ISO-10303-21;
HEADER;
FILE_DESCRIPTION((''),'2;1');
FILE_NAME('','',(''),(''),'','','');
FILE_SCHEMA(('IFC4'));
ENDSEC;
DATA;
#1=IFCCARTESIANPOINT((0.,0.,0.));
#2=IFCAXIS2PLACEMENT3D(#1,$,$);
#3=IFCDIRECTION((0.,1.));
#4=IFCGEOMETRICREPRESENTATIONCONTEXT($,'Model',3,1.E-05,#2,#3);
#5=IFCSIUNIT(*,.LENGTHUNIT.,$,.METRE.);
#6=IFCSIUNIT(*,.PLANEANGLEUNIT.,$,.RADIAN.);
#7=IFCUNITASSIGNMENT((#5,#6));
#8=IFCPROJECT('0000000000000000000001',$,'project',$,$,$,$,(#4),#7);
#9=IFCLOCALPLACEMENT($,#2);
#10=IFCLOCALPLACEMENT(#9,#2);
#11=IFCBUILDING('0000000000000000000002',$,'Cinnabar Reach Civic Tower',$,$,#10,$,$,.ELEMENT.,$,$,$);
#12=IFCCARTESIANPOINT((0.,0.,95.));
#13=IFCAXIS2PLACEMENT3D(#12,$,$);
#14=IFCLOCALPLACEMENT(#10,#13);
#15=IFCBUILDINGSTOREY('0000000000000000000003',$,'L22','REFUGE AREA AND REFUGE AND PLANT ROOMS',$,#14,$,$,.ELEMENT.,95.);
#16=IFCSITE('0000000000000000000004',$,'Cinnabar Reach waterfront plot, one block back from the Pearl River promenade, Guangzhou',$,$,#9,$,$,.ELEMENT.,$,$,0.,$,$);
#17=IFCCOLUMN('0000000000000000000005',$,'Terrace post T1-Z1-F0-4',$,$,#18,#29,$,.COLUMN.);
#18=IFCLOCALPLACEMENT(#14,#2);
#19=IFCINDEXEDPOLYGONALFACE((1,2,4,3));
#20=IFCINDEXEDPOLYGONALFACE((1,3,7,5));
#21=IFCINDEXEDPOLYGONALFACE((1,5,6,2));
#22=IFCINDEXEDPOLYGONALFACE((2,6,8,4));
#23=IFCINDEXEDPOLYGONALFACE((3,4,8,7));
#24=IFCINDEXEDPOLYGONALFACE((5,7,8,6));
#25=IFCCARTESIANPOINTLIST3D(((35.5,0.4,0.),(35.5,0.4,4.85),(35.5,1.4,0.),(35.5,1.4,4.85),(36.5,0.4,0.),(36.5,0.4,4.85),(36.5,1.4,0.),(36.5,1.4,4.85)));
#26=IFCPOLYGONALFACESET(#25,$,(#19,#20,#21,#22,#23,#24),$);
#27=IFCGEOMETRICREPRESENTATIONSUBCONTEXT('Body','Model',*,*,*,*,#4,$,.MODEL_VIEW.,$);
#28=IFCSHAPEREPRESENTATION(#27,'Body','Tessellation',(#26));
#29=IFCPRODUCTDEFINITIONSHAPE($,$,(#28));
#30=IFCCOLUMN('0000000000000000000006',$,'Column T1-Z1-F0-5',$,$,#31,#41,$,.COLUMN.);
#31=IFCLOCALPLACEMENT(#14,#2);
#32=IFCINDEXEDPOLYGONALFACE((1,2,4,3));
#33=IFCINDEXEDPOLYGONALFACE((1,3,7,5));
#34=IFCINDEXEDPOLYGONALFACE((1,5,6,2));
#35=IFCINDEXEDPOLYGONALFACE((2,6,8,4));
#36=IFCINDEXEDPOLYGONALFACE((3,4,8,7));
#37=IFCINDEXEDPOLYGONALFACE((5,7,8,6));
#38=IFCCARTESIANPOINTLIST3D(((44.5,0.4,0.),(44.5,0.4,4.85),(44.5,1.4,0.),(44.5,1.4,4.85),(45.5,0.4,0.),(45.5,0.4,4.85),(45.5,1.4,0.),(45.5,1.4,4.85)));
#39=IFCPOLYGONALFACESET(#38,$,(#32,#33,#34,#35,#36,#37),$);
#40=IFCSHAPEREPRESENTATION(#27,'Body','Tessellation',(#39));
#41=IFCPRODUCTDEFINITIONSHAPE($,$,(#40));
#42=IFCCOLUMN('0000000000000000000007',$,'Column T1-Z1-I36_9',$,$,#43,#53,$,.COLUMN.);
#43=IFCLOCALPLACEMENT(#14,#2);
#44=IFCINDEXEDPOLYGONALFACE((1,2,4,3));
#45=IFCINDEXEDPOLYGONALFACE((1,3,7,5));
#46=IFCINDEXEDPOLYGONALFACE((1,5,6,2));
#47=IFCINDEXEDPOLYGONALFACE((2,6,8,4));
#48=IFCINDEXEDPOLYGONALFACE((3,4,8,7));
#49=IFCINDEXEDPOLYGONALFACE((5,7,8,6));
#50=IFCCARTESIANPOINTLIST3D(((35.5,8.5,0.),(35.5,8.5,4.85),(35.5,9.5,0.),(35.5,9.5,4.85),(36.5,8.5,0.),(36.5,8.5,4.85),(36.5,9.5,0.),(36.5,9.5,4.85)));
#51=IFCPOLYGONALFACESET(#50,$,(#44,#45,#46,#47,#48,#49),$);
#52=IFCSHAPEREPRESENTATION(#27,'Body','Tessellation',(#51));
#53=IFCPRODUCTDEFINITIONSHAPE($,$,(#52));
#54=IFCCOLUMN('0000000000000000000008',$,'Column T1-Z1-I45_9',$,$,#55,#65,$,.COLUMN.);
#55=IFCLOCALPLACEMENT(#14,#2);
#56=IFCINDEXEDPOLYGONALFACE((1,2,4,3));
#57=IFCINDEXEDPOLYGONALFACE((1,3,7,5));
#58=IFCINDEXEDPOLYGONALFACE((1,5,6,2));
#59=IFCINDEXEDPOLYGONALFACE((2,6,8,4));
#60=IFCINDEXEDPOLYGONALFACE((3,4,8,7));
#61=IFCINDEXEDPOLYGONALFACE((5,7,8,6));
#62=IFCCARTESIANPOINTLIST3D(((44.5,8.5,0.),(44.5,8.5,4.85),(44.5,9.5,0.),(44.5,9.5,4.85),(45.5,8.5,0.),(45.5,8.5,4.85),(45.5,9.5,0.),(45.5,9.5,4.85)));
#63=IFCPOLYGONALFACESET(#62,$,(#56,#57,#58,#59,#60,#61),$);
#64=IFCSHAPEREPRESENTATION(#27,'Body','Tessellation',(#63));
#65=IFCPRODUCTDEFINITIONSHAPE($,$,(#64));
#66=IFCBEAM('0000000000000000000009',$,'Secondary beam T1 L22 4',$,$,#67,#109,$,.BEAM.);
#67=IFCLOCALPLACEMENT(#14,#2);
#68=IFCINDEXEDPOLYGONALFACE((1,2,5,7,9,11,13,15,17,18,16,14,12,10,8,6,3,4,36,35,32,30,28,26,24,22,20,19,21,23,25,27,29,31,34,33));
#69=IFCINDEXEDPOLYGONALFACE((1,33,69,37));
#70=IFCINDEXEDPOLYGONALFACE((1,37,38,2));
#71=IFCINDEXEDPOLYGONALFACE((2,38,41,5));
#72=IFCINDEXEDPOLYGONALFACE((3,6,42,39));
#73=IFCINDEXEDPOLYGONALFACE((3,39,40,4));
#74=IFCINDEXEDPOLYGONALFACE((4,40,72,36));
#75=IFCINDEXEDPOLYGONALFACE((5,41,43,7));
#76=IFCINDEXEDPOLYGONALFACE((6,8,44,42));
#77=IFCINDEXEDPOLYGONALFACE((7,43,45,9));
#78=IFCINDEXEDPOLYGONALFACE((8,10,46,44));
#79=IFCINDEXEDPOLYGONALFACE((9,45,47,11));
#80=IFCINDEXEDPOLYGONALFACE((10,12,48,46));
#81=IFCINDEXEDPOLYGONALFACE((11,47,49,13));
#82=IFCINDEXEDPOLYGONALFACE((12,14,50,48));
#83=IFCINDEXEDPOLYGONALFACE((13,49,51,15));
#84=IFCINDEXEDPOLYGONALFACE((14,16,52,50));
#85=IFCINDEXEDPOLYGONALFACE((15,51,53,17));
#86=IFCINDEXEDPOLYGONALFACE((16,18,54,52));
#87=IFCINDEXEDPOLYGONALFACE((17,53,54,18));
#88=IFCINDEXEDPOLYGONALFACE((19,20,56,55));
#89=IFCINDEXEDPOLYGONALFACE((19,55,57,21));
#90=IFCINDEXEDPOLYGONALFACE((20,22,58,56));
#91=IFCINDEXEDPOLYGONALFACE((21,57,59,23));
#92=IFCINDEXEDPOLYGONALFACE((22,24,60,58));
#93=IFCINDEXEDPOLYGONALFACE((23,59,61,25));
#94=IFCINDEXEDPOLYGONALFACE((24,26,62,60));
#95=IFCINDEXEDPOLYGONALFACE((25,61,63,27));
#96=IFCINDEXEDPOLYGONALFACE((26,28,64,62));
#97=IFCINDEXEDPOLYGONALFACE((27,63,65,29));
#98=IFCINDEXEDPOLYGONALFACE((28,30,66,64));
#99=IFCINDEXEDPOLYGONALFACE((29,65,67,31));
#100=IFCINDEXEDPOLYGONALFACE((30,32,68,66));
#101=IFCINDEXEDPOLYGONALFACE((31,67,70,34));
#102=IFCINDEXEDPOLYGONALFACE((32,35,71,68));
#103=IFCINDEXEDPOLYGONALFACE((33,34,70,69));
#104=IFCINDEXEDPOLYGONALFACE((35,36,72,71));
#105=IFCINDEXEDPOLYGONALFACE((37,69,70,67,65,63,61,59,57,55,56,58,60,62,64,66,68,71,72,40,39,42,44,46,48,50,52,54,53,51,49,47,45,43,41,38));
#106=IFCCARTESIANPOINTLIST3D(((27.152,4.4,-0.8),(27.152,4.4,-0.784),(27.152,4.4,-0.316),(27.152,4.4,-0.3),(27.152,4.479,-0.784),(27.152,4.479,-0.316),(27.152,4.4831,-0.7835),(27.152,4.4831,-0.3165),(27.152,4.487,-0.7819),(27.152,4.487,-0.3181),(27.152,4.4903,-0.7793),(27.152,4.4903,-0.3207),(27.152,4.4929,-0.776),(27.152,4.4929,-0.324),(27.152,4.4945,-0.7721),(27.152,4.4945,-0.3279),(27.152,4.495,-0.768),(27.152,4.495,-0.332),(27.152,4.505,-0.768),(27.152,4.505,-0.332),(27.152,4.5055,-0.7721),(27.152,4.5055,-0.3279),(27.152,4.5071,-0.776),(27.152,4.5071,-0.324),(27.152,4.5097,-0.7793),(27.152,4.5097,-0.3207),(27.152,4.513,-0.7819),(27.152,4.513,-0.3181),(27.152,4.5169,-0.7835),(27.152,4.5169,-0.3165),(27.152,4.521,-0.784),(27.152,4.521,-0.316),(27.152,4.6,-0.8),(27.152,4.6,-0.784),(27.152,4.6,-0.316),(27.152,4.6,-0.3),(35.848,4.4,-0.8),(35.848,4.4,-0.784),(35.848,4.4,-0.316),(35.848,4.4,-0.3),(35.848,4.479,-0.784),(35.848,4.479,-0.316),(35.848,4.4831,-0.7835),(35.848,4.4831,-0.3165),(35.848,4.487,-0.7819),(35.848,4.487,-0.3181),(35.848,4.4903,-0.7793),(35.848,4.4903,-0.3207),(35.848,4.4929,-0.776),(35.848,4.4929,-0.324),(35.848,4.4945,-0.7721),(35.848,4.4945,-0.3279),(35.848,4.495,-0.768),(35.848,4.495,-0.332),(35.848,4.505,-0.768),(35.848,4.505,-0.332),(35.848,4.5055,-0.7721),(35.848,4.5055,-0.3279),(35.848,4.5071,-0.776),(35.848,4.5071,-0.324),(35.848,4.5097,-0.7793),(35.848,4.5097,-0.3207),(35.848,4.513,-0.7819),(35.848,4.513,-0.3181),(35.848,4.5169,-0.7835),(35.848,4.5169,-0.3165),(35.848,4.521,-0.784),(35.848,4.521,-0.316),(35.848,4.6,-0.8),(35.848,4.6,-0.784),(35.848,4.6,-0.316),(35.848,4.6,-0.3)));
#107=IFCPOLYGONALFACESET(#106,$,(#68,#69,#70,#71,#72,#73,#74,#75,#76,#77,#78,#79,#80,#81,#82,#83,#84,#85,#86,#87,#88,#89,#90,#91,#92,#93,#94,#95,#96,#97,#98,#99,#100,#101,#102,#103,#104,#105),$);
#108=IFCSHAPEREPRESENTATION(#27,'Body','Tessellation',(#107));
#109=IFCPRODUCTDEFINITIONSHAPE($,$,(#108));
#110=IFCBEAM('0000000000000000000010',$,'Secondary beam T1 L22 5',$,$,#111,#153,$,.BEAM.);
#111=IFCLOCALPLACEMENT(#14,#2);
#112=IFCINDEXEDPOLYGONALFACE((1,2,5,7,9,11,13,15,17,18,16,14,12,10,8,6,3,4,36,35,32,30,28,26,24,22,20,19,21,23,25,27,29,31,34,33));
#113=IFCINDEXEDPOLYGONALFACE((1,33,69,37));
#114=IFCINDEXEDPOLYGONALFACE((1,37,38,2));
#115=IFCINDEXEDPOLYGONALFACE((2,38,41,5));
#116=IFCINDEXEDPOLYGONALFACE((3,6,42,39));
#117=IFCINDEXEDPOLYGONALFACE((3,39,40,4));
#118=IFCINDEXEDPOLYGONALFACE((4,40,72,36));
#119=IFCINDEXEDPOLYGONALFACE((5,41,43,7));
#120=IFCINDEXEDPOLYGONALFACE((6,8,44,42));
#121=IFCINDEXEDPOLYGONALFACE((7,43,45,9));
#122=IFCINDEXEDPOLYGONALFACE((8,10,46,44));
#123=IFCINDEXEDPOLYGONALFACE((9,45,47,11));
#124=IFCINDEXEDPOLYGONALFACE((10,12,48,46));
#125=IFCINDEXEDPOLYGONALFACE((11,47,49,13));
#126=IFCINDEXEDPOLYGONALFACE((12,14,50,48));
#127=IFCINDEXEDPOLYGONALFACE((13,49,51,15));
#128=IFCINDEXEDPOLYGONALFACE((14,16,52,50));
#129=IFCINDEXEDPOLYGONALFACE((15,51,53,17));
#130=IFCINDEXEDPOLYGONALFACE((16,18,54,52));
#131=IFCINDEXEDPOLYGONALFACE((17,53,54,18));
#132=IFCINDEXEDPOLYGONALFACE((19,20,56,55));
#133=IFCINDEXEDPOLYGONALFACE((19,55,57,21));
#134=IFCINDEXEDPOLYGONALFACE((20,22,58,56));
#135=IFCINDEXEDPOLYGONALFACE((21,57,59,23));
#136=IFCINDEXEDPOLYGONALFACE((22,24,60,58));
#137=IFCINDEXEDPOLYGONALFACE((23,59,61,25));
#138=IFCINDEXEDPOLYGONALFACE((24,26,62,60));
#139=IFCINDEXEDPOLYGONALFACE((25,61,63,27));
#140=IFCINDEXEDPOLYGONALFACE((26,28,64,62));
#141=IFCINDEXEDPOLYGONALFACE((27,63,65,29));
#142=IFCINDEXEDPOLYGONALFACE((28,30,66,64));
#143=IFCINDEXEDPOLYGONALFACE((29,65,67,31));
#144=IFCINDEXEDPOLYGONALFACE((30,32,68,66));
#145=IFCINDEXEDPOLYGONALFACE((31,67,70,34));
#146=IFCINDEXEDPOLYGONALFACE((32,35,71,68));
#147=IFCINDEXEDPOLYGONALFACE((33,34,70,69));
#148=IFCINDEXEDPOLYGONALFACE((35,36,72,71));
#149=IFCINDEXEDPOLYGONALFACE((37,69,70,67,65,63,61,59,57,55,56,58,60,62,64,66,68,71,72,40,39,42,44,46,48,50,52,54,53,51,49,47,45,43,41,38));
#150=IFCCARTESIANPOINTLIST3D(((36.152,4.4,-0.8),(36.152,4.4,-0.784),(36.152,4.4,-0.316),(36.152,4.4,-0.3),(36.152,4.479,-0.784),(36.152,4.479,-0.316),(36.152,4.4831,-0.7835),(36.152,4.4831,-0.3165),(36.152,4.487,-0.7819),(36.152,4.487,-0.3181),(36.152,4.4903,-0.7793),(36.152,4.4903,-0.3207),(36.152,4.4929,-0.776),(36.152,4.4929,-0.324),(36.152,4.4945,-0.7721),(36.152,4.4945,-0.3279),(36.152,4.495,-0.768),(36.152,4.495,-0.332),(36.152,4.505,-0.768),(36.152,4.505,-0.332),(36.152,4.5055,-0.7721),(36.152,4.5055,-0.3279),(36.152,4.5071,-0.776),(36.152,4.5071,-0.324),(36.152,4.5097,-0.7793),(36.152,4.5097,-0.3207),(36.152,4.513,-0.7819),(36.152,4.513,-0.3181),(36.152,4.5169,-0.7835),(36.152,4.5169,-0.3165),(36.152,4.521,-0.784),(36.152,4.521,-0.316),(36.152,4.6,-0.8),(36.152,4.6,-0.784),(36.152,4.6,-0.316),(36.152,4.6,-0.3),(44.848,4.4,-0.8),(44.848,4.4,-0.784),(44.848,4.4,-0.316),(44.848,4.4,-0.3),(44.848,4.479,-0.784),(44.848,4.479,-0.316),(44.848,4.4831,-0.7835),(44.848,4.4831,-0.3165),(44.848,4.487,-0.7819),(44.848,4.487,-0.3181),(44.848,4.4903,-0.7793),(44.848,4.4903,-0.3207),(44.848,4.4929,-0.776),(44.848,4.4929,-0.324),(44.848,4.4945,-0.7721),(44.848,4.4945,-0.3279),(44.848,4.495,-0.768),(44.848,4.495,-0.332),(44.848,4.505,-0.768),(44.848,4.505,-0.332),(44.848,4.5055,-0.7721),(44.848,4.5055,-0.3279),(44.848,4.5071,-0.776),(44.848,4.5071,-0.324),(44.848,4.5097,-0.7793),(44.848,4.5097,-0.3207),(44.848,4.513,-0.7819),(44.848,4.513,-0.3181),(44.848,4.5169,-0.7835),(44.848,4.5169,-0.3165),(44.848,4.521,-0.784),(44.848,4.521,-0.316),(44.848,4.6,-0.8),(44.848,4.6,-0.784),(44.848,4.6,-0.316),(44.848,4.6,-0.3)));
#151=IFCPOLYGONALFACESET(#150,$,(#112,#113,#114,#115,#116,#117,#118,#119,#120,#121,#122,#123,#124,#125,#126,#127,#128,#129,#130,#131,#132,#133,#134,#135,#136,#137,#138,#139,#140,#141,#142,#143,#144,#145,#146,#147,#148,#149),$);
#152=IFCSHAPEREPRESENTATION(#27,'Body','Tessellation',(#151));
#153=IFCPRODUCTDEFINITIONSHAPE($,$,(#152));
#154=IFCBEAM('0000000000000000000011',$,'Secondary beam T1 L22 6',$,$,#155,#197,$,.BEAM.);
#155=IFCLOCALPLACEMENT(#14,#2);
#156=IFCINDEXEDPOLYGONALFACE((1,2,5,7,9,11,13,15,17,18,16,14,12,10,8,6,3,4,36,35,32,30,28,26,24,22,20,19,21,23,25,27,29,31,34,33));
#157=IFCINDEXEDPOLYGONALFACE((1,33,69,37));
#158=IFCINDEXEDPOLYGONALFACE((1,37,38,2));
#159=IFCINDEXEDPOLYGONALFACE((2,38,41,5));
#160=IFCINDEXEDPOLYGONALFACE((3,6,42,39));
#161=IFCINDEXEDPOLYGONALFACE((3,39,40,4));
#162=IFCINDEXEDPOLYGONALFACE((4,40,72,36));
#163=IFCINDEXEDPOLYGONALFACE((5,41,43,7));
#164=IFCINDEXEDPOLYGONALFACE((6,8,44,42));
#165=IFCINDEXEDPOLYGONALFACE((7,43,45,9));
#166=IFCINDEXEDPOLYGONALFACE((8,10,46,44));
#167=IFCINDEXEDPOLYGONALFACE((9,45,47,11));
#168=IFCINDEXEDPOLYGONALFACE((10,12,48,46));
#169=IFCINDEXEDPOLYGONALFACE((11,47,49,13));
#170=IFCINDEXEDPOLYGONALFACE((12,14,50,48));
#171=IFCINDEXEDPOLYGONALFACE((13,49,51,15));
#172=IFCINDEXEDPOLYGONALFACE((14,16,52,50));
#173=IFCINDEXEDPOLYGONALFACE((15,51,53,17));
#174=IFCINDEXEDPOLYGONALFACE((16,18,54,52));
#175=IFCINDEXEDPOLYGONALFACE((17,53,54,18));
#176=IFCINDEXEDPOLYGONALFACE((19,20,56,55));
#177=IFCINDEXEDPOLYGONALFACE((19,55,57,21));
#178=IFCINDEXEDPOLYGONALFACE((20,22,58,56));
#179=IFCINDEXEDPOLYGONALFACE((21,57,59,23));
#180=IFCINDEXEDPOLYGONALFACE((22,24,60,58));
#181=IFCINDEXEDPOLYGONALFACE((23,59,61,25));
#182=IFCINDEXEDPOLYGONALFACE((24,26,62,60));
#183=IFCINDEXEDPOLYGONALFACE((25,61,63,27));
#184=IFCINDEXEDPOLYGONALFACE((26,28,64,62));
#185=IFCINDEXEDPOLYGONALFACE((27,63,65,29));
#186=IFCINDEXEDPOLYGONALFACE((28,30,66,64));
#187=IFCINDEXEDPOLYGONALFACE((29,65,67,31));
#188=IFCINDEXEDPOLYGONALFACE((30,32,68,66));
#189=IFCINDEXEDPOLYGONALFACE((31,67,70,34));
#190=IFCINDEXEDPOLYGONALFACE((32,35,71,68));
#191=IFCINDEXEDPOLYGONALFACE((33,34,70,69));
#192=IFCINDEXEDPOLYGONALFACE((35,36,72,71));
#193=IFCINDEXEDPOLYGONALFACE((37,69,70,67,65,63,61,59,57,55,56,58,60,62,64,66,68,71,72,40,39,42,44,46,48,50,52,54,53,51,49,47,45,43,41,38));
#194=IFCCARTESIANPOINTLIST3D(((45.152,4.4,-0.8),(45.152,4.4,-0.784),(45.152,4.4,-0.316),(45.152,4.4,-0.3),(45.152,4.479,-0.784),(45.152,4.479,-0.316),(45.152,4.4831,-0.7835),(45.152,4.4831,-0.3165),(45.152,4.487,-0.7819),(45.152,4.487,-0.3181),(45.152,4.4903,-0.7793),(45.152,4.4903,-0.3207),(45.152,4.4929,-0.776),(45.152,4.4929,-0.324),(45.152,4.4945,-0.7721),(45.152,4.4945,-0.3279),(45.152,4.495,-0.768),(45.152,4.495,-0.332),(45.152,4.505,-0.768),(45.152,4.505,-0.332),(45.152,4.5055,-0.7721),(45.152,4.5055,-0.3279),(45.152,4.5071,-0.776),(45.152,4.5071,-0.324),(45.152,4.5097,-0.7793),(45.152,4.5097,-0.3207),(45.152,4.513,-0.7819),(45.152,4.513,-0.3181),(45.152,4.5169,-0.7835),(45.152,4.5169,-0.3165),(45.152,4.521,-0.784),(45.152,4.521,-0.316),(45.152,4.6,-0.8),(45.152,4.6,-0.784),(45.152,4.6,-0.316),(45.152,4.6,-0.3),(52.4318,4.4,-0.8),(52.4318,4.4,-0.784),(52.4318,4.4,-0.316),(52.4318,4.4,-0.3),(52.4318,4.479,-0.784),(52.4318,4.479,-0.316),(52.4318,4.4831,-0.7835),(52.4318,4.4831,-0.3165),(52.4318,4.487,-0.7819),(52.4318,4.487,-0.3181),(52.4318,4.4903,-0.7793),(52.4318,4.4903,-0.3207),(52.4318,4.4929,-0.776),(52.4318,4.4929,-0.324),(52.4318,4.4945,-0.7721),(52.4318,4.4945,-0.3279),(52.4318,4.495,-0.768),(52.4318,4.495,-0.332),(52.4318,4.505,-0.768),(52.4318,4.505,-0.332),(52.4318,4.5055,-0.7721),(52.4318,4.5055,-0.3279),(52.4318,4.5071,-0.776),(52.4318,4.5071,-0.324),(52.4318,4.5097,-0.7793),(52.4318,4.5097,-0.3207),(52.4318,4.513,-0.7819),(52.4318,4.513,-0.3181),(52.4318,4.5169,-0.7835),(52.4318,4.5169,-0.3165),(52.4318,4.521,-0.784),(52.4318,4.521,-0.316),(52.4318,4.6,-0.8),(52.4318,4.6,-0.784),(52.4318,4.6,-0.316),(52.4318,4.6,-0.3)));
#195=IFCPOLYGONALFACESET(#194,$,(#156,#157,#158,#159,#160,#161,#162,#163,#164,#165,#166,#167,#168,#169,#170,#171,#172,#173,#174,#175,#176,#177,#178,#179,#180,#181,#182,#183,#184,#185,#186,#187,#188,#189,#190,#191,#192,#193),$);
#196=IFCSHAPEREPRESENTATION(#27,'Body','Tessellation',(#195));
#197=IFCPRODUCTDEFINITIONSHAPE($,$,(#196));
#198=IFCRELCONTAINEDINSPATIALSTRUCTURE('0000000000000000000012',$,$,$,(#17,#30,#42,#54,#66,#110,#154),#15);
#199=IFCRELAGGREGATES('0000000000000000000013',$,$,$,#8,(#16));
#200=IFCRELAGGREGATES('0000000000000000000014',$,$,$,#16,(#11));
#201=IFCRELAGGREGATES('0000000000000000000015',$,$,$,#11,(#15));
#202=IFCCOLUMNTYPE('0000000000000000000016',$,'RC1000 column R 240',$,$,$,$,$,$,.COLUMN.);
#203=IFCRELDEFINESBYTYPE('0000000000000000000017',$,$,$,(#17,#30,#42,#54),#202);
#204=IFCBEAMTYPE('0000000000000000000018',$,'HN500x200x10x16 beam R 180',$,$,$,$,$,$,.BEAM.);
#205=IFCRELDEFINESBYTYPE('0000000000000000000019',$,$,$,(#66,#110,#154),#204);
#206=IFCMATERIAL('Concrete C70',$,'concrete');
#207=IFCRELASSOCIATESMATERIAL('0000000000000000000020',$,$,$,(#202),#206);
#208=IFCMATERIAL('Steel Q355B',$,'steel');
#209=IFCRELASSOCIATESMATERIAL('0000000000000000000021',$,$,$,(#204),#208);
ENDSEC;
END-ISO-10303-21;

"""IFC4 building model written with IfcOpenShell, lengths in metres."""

from ifc_helpers import new_model, si_unit, direction, frame, origin, origin_2d, place, context, subcontext, project, spatial, rectangle, i_section, extrude, material, material_profile, profile_set, type_object, element, save


model = new_model("IFC4")

# Units and contexts
model_context = context("Model", 3, precision=1e-05, world=origin(), true_north=direction((0.0, 1.0)))
body_context = subcontext(model_context, "Body", "Model", "MODEL_VIEW")
ifc_project = project(units=[si_unit("LENGTHUNIT", "METRE"), si_unit("PLANEANGLEUNIT", "RADIAN")], contexts=[model_context])

# Site, building, storey
site_placement = place(None, origin())
site = spatial("IfcSite", under=ifc_project, at=site_placement, Name="Cinnabar Reach waterfront plot, one block back from the Pearl River promenade, Guangzhou", CompositionType="ELEMENT", RefElevation=0.0)
building_placement = place(site_placement, origin())
building = spatial("IfcBuilding", under=site, at=building_placement, Name="Cinnabar Reach Civic Tower", CompositionType="ELEMENT")
storey_placement = place(building_placement, frame((0.0, 0.0, 95.0)))
storey = spatial("IfcBuildingStorey", under=building, at=storey_placement, Name="L22", Description="REFUGE AREA AND REFUGE AND PLANT ROOMS", CompositionType="ELEMENT", Elevation=95.0)

# Columns
ifc_material_1 = material(Name="Concrete C70", Category="concrete")
ifc_material_profile_1 = material_profile(ifc_material_1, rectangle(XDim=1.0, YDim=1.0, at=origin_2d()), Name="RC1000")
ifc_profile_set_1 = profile_set([ifc_material_profile_1], Name="Concrete C70")
column_type = type_object("IfcColumnType", Name="RC1000 column R 240", PredefinedType="COLUMN", material=ifc_profile_set_1)
for number, where, z_axis, x_axis, name in (
    (1, (36.0, 0.9, 0.0), (0.0, 0.0, 1.0), (1.0, 0.0, 0.0), "Terrace post T1-Z1-F0-4"),
    (2, (45.0, 0.9, 0.0), (0.0, 0.0, 1.0), (1.0, 0.0, 0.0), "Column T1-Z1-F0-5"),
    (3, (36.0, 9.0, 0.0), (0.0, 0.0, 1.0), (1.0, 0.0, 0.0), "Column T1-Z1-I36_9"),
    (4, (45.0, 9.0, 0.0), (0.0, 0.0, 1.0), (1.0, 0.0, 0.0), "Column T1-Z1-I45_9"),
):
    element("IfcColumn", number, at=place(storey_placement, frame(where, z_axis=z_axis, x_axis=x_axis)), inside=storey, type_object=column_type, Name=name, PredefinedType="COLUMN", context=body_context, shape_type="SweptSolid", body=[
        extrude(rectangle(XDim=1.0, YDim=1.0, at=origin_2d()), origin(), (0.0, 0.0, 1.0), 4.85),
    ])

# Beams
ifc_material_2 = material(Name="Steel Q355B", Category="steel")
ifc_material_profile_2 = material_profile(ifc_material_2, i_section(OverallWidth=0.2, OverallDepth=0.5, WebThickness=0.01, FlangeThickness=0.016, FilletRadius=0.016, at=origin_2d()), Name="HN500x200x10x16")
ifc_profile_set_2 = profile_set([ifc_material_profile_2], Name="Steel Q355B")
beam_type_1 = type_object("IfcBeamType", Name="HN500x200x10x16 beam R 180", PredefinedType="BEAM", material=ifc_profile_set_2)
for number, where, z_axis, x_axis, name in (
    (5, (27.152, 4.5, -0.55), (1.0, 0.0, 0.0), (0.0, 1.0, 0.0), "Secondary beam T1 L22 4"),
    (6, (36.152, 4.5, -0.55), (1.0, 0.0, 0.0), (0.0, 1.0, 0.0), "Secondary beam T1 L22 5"),
):
    element("IfcBeam", number, at=place(storey_placement, frame(where, z_axis=z_axis, x_axis=x_axis)), inside=storey, type_object=beam_type_1, Name=name, PredefinedType="BEAM", context=body_context, shape_type="SweptSolid", body=[
        extrude(i_section(OverallWidth=0.2, OverallDepth=0.5, WebThickness=0.01, FlangeThickness=0.016, FilletRadius=0.016, at=origin_2d()), origin(), (0.0, 0.0, 1.0), 8.696),
    ])
beam_placement = place(storey_placement, frame((45.152, 4.5, -0.55), z_axis=(1.0, 0.0, 0.0), x_axis=(0.0, 1.0, 0.0)))
element("IfcBeam", 7, at=beam_placement, inside=storey, type_object=beam_type_1, Name="Secondary beam T1 L22 6", PredefinedType="BEAM", context=body_context, shape_type="SweptSolid", body=[
    extrude(i_section(OverallWidth=0.2, OverallDepth=0.5, WebThickness=0.01, FlangeThickness=0.016, FilletRadius=0.016, at=origin_2d()), origin(), (0.0, 0.0, 1.0), 7.2798),
])

save(model, "model.ifc")
